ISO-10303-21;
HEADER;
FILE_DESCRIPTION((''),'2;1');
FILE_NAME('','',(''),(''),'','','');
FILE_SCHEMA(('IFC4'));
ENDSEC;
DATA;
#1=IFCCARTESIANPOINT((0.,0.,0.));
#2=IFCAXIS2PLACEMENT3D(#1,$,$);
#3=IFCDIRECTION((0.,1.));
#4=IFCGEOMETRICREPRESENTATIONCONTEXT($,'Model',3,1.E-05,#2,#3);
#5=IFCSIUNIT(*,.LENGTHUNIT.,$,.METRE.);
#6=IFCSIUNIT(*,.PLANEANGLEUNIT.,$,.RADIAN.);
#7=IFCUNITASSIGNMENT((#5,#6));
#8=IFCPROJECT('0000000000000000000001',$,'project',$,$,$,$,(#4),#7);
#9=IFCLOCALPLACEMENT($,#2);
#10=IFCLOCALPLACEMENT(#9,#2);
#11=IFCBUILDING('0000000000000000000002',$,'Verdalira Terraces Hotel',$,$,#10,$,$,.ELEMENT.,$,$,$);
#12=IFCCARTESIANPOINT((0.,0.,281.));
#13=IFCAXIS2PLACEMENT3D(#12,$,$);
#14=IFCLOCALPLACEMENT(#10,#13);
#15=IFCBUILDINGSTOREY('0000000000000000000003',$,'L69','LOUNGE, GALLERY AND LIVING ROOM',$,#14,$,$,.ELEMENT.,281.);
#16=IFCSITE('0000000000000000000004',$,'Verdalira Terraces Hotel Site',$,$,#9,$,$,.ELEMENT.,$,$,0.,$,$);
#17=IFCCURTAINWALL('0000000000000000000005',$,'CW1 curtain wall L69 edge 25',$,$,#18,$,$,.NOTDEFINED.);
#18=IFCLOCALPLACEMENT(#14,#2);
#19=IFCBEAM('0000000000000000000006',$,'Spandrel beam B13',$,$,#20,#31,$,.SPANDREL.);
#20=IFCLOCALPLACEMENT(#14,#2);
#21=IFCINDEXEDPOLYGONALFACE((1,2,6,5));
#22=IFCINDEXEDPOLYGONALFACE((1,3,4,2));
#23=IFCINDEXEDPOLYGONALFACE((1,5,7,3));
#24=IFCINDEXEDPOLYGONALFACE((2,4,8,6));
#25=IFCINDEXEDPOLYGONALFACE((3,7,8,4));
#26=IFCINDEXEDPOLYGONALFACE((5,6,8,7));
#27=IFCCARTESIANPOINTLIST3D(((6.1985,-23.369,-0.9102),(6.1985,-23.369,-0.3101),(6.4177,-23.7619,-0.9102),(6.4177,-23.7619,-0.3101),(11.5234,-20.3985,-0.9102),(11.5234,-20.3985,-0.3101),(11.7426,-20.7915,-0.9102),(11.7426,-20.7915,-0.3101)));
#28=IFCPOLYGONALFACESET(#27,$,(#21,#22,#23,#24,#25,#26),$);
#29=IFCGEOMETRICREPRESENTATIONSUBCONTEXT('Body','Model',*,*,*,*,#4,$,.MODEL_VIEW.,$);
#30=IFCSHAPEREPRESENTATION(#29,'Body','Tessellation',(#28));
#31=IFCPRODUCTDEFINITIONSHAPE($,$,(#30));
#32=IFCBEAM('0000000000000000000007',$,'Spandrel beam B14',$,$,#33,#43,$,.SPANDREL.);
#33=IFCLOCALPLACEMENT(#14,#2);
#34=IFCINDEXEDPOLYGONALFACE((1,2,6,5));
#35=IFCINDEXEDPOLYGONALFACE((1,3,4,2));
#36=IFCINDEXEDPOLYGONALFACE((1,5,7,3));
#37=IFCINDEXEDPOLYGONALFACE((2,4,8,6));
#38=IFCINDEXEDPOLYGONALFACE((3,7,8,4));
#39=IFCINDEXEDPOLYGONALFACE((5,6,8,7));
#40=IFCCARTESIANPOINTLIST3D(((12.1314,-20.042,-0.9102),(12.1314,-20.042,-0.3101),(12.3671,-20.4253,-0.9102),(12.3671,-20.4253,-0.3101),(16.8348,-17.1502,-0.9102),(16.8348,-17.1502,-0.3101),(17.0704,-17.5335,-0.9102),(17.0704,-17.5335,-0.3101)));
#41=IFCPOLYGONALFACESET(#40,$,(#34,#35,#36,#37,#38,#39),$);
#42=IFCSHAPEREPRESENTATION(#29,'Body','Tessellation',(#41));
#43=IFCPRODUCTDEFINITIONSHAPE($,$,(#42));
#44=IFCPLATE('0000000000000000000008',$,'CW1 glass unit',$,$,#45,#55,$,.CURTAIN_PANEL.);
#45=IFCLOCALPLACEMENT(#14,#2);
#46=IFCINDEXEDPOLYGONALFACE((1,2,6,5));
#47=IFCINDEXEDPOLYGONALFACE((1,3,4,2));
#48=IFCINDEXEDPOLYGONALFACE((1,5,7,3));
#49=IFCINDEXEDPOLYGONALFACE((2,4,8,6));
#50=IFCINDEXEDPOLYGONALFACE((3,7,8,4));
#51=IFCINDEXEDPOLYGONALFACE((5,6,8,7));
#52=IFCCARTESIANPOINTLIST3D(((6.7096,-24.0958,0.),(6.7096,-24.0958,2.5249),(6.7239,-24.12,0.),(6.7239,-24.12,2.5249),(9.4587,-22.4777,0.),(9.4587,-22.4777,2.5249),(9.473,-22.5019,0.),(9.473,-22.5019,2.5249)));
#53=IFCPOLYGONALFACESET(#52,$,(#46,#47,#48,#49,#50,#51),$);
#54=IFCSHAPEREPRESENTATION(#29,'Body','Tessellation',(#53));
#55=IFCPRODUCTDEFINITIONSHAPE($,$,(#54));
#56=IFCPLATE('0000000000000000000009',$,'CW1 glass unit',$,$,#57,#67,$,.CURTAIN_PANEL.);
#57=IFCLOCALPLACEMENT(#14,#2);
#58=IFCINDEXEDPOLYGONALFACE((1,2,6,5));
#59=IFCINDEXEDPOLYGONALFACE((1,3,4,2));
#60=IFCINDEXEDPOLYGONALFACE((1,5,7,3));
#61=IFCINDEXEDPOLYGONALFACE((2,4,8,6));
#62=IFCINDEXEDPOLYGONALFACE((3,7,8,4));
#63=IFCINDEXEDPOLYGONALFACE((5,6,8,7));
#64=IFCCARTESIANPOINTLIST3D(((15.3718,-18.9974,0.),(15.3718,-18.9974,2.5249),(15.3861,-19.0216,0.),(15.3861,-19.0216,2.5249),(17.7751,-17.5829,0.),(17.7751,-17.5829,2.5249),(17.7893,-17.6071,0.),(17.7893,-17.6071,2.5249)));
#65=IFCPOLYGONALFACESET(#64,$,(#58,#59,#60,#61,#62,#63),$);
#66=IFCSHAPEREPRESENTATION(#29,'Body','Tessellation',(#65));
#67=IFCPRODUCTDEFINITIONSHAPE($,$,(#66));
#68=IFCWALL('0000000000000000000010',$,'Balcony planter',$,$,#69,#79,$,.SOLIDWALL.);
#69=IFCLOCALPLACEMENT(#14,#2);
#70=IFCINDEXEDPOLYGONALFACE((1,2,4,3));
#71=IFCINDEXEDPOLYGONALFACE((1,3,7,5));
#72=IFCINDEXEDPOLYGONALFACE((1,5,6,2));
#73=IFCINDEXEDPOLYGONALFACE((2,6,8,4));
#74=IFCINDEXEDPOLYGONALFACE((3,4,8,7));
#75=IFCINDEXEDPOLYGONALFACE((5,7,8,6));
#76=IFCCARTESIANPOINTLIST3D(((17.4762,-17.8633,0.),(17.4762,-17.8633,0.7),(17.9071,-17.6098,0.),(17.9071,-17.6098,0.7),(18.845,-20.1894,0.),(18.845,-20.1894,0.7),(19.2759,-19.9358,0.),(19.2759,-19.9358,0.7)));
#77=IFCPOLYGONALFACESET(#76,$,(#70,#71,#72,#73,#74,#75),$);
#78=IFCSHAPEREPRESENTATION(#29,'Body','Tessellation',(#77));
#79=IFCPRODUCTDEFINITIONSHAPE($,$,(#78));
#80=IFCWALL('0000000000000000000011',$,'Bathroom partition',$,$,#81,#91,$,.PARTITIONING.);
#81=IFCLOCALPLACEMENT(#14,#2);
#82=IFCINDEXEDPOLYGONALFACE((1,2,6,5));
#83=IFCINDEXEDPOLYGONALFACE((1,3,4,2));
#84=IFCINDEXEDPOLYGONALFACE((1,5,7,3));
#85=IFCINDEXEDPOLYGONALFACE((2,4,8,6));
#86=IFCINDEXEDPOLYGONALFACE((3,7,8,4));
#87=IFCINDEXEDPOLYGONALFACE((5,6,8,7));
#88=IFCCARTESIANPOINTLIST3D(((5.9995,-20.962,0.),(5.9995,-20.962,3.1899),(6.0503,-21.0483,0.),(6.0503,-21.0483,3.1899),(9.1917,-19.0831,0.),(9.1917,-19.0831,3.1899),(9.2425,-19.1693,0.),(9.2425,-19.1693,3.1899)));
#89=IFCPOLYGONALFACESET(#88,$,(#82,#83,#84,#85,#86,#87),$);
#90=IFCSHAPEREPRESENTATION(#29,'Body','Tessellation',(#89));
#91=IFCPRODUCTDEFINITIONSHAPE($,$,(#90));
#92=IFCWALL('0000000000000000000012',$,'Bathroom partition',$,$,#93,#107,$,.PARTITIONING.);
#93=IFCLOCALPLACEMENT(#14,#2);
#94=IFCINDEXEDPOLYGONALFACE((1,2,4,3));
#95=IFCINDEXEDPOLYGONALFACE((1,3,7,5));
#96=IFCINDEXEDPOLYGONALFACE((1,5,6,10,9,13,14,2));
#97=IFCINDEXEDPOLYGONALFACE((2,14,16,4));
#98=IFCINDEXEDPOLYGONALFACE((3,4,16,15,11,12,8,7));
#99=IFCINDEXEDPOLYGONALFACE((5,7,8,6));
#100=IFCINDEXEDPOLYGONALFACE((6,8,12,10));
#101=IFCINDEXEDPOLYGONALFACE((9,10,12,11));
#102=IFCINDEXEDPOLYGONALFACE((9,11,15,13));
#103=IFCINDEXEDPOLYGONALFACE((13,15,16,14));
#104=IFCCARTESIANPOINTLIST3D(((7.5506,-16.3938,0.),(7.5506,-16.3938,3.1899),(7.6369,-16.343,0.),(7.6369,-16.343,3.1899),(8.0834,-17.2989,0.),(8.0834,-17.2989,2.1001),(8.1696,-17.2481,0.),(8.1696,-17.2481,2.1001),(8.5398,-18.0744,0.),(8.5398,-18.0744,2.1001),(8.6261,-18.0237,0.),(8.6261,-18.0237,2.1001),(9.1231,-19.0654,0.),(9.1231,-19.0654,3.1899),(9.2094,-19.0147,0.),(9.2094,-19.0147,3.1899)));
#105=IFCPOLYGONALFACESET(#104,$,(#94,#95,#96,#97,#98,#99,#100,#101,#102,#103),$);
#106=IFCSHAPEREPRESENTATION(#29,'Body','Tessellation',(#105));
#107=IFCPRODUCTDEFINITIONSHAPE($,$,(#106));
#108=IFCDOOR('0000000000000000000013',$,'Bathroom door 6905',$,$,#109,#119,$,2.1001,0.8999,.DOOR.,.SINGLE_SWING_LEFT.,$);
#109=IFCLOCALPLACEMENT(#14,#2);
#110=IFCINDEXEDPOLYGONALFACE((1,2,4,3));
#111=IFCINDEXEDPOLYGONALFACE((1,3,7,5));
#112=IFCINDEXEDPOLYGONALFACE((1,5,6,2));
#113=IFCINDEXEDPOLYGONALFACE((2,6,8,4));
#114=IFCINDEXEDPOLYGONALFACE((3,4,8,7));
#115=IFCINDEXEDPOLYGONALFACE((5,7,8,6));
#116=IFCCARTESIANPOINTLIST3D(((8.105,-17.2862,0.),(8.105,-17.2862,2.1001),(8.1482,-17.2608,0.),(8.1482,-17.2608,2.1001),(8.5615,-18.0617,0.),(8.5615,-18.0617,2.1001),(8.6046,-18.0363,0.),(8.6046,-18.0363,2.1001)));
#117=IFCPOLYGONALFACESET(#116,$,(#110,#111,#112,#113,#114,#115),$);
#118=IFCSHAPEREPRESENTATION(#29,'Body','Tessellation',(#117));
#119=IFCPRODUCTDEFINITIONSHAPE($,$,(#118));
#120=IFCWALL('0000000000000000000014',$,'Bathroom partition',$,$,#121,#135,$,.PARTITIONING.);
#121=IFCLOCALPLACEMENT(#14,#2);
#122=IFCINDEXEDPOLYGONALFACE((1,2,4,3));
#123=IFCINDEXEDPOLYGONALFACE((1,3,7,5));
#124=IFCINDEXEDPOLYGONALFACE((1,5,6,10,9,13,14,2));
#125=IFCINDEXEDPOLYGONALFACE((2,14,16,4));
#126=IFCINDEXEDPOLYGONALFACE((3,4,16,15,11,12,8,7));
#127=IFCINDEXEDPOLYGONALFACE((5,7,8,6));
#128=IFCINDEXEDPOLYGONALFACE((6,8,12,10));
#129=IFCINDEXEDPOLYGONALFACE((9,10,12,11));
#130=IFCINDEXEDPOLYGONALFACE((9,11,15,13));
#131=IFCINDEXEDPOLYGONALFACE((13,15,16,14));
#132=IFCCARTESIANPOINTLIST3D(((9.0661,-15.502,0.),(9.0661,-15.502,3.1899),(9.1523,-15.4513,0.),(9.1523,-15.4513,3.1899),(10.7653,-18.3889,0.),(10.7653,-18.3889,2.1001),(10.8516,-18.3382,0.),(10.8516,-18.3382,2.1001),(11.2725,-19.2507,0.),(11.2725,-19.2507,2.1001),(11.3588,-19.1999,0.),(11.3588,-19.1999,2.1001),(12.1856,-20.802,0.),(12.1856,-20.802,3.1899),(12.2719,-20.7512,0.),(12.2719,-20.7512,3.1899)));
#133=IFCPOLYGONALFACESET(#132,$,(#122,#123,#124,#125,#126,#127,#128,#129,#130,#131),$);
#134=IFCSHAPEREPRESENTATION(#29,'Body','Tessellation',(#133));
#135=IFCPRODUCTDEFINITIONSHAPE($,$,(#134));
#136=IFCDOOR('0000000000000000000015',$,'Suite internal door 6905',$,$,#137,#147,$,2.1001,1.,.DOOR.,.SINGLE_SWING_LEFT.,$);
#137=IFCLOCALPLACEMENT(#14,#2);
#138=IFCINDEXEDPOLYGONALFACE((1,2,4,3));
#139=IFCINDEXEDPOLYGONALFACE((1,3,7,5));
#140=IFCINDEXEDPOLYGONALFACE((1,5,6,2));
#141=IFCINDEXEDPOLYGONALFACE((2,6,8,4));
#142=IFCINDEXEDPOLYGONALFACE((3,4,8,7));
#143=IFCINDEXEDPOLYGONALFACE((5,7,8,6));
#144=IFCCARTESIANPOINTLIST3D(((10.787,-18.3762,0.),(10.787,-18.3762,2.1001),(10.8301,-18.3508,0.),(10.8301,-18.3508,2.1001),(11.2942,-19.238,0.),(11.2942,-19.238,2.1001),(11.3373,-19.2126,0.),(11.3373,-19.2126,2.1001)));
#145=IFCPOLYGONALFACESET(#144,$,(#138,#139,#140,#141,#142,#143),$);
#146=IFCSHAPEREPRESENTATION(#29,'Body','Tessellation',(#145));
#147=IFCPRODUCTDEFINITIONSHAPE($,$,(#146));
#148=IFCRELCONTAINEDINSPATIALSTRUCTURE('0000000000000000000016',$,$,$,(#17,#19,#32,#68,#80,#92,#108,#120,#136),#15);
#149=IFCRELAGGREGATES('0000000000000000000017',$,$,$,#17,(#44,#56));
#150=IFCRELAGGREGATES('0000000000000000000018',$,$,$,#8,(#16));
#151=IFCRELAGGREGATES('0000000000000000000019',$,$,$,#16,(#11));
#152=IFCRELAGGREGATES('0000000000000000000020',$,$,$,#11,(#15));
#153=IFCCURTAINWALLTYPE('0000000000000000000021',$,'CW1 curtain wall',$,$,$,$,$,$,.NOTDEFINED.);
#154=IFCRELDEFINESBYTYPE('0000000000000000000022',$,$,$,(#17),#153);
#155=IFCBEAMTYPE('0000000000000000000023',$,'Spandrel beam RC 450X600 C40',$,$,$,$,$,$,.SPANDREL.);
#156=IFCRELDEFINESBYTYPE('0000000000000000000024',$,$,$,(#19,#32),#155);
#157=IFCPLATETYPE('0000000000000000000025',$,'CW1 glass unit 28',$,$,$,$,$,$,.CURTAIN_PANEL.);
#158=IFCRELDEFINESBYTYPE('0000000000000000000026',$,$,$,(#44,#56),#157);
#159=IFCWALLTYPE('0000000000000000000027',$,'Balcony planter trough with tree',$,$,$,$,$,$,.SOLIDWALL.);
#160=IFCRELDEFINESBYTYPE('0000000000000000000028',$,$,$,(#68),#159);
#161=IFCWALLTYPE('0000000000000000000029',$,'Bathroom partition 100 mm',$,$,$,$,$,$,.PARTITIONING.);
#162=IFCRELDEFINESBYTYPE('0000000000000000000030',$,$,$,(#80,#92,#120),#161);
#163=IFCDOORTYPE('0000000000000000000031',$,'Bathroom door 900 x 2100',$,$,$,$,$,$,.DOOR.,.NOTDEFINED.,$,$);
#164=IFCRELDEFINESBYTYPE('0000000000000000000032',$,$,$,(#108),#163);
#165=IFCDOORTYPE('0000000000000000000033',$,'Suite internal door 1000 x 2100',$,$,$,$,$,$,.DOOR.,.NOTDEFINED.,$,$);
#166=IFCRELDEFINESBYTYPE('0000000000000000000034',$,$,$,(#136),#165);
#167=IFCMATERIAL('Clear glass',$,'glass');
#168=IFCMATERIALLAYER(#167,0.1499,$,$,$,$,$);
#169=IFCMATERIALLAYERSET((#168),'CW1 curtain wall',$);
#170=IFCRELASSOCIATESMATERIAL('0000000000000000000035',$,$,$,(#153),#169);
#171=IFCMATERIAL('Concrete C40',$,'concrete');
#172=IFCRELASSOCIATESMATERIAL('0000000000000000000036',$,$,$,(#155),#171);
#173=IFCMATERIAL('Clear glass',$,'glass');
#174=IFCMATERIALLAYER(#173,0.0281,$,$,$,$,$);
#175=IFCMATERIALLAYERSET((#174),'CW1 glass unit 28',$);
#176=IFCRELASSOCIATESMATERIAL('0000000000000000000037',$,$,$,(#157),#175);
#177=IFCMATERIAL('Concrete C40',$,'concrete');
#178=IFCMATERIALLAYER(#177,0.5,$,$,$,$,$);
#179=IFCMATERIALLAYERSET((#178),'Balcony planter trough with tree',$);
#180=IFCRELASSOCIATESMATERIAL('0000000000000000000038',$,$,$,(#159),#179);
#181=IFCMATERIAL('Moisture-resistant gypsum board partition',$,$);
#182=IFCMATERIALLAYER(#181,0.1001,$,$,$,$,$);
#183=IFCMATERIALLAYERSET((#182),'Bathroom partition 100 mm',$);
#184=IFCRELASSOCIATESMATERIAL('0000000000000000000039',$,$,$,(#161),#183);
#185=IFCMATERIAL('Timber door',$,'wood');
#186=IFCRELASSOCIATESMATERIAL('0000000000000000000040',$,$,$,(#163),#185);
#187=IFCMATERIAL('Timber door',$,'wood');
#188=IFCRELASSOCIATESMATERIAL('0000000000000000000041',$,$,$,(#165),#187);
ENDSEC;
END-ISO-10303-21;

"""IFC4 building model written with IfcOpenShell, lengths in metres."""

from ifc_helpers import new_model, si_unit, direction, frame, frame_2d, origin, origin_2d, place, context, subcontext, project, spatial, rectangle, extrude, material, layer, layer_set, material_profile, profile_set, type_object, element, fill, aggregate, save


model = new_model("IFC4")

# Units and contexts
model_context = context("Model", 3, precision=1e-05, world=origin(), true_north=direction((0.0, 1.0)))
body_context = subcontext(model_context, "Body", "Model", "MODEL_VIEW")
ifc_project = project(units=[si_unit("LENGTHUNIT", "METRE"), si_unit("PLANEANGLEUNIT", "RADIAN")], contexts=[model_context])

# Site, building, storey
site_placement = place(None, origin())
site = spatial("IfcSite", under=ifc_project, at=site_placement, Name="Verdalira Terraces Hotel Site", CompositionType="ELEMENT", RefElevation=0.0)
building_placement = place(site_placement, origin())
building = spatial("IfcBuilding", under=site, at=building_placement, Name="Verdalira Terraces Hotel", CompositionType="ELEMENT")
storey_placement = place(building_placement, frame((0.0, 0.0, 281.0)))
storey = spatial("IfcBuildingStorey", under=building, at=storey_placement, Name="L69", Description="LOUNGE, GALLERY AND LIVING ROOM", CompositionType="ELEMENT", Elevation=281.0)

# Curtain wall
ifc_material_1 = material(Name="Clear glass", Category="glass")
ifc_layer_1 = layer(ifc_material_1, 0.1499)
ifc_layer_set_1 = layer_set([ifc_layer_1], Name="CW1 curtain wall")
curtain_wall_type_1 = type_object("IfcCurtainWallType", Name="CW1 curtain wall", PredefinedType="NOTDEFINED", material=ifc_layer_set_1)
curtain_wall_1_placement = place(storey_placement, origin())
curtain_wall_1 = element("IfcCurtainWall", 1, at=curtain_wall_1_placement, inside=storey, type_object=curtain_wall_type_1, Name="CW1 curtain wall L69 edge 25", PredefinedType="NOTDEFINED")

# Beams
ifc_material_2 = material(Name="Concrete C40", Category="concrete")
ifc_material_profile_1 = material_profile(ifc_material_2, rectangle(XDim=0.45, YDim=0.6001, at=origin_2d()), Name="RC 450X600")
ifc_profile_set_1 = profile_set([ifc_material_profile_1], Name="Concrete C40")
beam_type_1 = type_object("IfcBeamType", Name="Spandrel beam RC 450X600 C40", PredefinedType="SPANDREL", material=ifc_profile_set_1)
beam_1_placement = place(storey_placement, frame((6.3081, -23.5654, -0.6101), z_axis=(0.87331, 0.487165, 0.0), x_axis=(-0.487165, 0.87331, 0.0)))
element("IfcBeam", 2, at=beam_1_placement, inside=storey, type_object=beam_type_1, Name="Spandrel beam B13", PredefinedType="SPANDREL", context=body_context, shape_type="SweptSolid", body=[
    extrude(rectangle(XDim=0.45, YDim=0.6001, at=origin_2d()), origin(), (0.0, 0.0, 1.0), 6.0974),
])
beam_2_placement = place(storey_placement, frame((12.2493, -20.2336, -0.6101), z_axis=(0.851863, 0.523764, 0.0), x_axis=(-0.523764, 0.851863, 0.0)))
element("IfcBeam", 3, at=beam_2_placement, inside=storey, type_object=beam_type_1, Name="Spandrel beam B14", PredefinedType="SPANDREL", context=body_context, shape_type="SweptSolid", body=[
    extrude(rectangle(XDim=0.45, YDim=0.6001, at=origin_2d()), origin(), (0.0, 0.0, 1.0), 5.5212),
])

# Plates
ifc_material_3 = material(Name="Clear glass", Category="glass")
ifc_layer_2 = layer(ifc_material_3, 0.0281)
ifc_layer_set_2 = layer_set([ifc_layer_2], Name="CW1 glass unit 28")
plate_type = type_object("IfcPlateType", Name="CW1 glass unit 28", PredefinedType="CURTAIN_PANEL", material=ifc_layer_set_2)
plate_1_placement = place(storey_placement, frame((8.0913, -23.2988, 0.0), z_axis=(0.0, 0.0, 1.0), x_axis=(0.861806, 0.507238, 0.0)))
plate_1 = element("IfcPlate", 4, at=plate_1_placement, type_object=plate_type, Name="CW1 glass unit", PredefinedType="CURTAIN_PANEL", context=body_context, shape_type="SweptSolid", body=[
    extrude(rectangle(XDim=3.1899, YDim=0.0281, at=origin_2d()), origin(), (0.0, 0.0, 1.0), 2.5249),
])
plate_2_placement = place(storey_placement, frame((16.5806, -18.3022, 0.0), z_axis=(0.0, 0.0, 1.0), x_axis=(0.861806, 0.507238, 0.0)))
plate_2 = element("IfcPlate", 5, at=plate_2_placement, type_object=plate_type, Name="CW1 glass unit", PredefinedType="CURTAIN_PANEL", context=body_context, shape_type="SweptSolid", body=[
    extrude(rectangle(XDim=2.7886, YDim=0.0281, at=origin_2d()), origin(), (0.0, 0.0, 1.0), 2.5249),
])
aggregate(curtain_wall_1, [plate_1, plate_2])

# Walls
ifc_material_4 = material(Name="Concrete C40", Category="concrete")
ifc_layer_3 = layer(ifc_material_4, 0.5)
ifc_layer_set_3 = layer_set([ifc_layer_3], Name="Balcony planter trough with tree")
wall_type_1 = type_object("IfcWallType", Name="Balcony planter trough with tree", PredefinedType="SOLIDWALL", material=ifc_layer_set_3)
wall_1_placement = place(storey_placement, frame((19.0605, -20.0627, 0.0), z_axis=(0.0, 0.0, 1.0), x_axis=(-0.507174, 0.861844, 0.0)))
element("IfcWall", 6, at=wall_1_placement, inside=storey, type_object=wall_type_1, Name="Balcony planter", PredefinedType="SOLIDWALL", context=body_context, shape_type="SweptSolid", body=[
    extrude(rectangle(XDim=2.699, YDim=0.5, at=frame_2d((1.3496, 0.0))), origin(), (0.0, 0.0, 1.0), 0.7),
])
ifc_material_5 = material(Name="Moisture-resistant gypsum board partition")
ifc_layer_4 = layer(ifc_material_5, 0.1001)
ifc_layer_set_4 = layer_set([ifc_layer_4], Name="Bathroom partition 100 mm")
wall_type_2 = type_object("IfcWallType", Name="Bathroom partition 100 mm", PredefinedType="PARTITIONING", material=ifc_layer_set_4)
wall_2_placement = place(storey_placement, frame((6.0249, -21.0051, 0.0), z_axis=(0.0, 0.0, 1.0), x_axis=(0.861795, 0.507256, 0.0)))
element("IfcWall", 7, at=wall_2_placement, inside=storey, type_object=wall_type_2, Name="Bathroom partition", PredefinedType="PARTITIONING", context=body_context, shape_type="SweptSolid", body=[
    extrude(rectangle(XDim=3.7041, YDim=0.1001, at=frame_2d((1.8521, 0.0))), origin(), (0.0, 0.0, 1.0), 3.1899),
])

# Walls, openings, doors
wall_3_placement = place(storey_placement, frame((9.1663, -19.04, 0.0), z_axis=(0.0, 0.0, 1.0), x_axis=(-0.507251, 0.861799, 0.0)))
wall_3 = element("IfcWall", 8, at=wall_3_placement, inside=storey, type_object=wall_type_2, Name="Bathroom partition", PredefinedType="PARTITIONING", context=body_context, shape_type="SweptSolid", body=[
    extrude(rectangle(XDim=3.1001, YDim=0.1001, at=frame_2d((1.55, 0.0))), origin(), (0.0, 0.0, 1.0), 3.1899),
])
opening_1_placement = place(wall_3_placement, frame((1.1499, 0.0, 0.0)))
opening_1 = element("IfcOpeningElement", 9, at=opening_1_placement, cuts=wall_3, PredefinedType="OPENING", context=body_context, shape_type="SweptSolid", body=[
    extrude(rectangle(XDim=0.8999, YDim=2.1001, at=frame_2d((0.45, 1.05))), frame((0.0, 0.0601, 0.0), z_axis=(0.0, -1.0, 0.0), x_axis=(1.0, 0.0, 0.0)), (0.0, 0.0, 1.0), 0.1201),
])
ifc_material_6 = material(Name="Timber door", Category="wood")
door_type_1 = type_object("IfcDoorType", Name="Bathroom door 900 x 2100", OperationType="NOTDEFINED", PredefinedType="DOOR", material=ifc_material_6)
door_1_placement = place(opening_1_placement, origin())
door_1 = element("IfcDoor", 10, at=door_1_placement, inside=storey, type_object=door_type_1, Name="Bathroom door 6905", OperationType="SINGLE_SWING_LEFT", OverallHeight=2.1001, OverallWidth=0.8999, PredefinedType="DOOR", context=body_context, shape_type="SweptSolid", body=[
    extrude(rectangle(XDim=0.8999, YDim=2.1001, at=frame_2d((0.45, 1.05))), frame((0.0, 0.0249, 0.0), z_axis=(0.0, -1.0, 0.0), x_axis=(1.0, 0.0, 0.0)), (0.0, 0.0, 1.0), 0.05),
])
fill(opening_1, door_1)
wall_4_placement = place(storey_placement, frame((12.2288, -20.7766, 0.0), z_axis=(0.0, 0.0, 1.0), x_axis=(-0.507256, 0.861795, 0.0)))
wall_4 = element("IfcWall", 11, at=wall_4_placement, inside=storey, type_object=wall_type_2, Name="Bathroom partition", PredefinedType="PARTITIONING", context=body_context, shape_type="SweptSolid", body=[
    extrude(rectangle(XDim=6.1499, YDim=0.1001, at=frame_2d((3.075, 0.0))), origin(), (0.0, 0.0, 1.0), 3.1899),
])
opening_2_placement = place(wall_4_placement, frame((1.8, 0.0, 0.0)))
opening_2 = element("IfcOpeningElement", 12, at=opening_2_placement, cuts=wall_4, PredefinedType="OPENING", context=body_context, shape_type="SweptSolid", body=[
    extrude(rectangle(XDim=1.0, YDim=2.1001, at=frame_2d((0.5, 1.05))), frame((0.0, 0.0601, 0.0), z_axis=(0.0, -1.0, 0.0), x_axis=(1.0, 0.0, 0.0)), (0.0, 0.0, 1.0), 0.1201),
])
ifc_material_7 = material(Name="Timber door", Category="wood")
door_type_2 = type_object("IfcDoorType", Name="Suite internal door 1000 x 2100", OperationType="NOTDEFINED", PredefinedType="DOOR", material=ifc_material_7)
door_2_placement = place(opening_2_placement, origin())
door_2 = element("IfcDoor", 13, at=door_2_placement, inside=storey, type_object=door_type_2, Name="Suite internal door 6905", OperationType="SINGLE_SWING_LEFT", OverallHeight=2.1001, OverallWidth=1.0, PredefinedType="DOOR", context=body_context, shape_type="SweptSolid", body=[
    extrude(rectangle(XDim=1.0, YDim=2.1001, at=frame_2d((0.5, 1.05))), frame((0.0, 0.0249, 0.0), z_axis=(0.0, -1.0, 0.0), x_axis=(1.0, 0.0, 0.0)), (0.0, 0.0, 1.0), 0.05),
])
fill(opening_2, door_2)

save(model, "model.ifc")
